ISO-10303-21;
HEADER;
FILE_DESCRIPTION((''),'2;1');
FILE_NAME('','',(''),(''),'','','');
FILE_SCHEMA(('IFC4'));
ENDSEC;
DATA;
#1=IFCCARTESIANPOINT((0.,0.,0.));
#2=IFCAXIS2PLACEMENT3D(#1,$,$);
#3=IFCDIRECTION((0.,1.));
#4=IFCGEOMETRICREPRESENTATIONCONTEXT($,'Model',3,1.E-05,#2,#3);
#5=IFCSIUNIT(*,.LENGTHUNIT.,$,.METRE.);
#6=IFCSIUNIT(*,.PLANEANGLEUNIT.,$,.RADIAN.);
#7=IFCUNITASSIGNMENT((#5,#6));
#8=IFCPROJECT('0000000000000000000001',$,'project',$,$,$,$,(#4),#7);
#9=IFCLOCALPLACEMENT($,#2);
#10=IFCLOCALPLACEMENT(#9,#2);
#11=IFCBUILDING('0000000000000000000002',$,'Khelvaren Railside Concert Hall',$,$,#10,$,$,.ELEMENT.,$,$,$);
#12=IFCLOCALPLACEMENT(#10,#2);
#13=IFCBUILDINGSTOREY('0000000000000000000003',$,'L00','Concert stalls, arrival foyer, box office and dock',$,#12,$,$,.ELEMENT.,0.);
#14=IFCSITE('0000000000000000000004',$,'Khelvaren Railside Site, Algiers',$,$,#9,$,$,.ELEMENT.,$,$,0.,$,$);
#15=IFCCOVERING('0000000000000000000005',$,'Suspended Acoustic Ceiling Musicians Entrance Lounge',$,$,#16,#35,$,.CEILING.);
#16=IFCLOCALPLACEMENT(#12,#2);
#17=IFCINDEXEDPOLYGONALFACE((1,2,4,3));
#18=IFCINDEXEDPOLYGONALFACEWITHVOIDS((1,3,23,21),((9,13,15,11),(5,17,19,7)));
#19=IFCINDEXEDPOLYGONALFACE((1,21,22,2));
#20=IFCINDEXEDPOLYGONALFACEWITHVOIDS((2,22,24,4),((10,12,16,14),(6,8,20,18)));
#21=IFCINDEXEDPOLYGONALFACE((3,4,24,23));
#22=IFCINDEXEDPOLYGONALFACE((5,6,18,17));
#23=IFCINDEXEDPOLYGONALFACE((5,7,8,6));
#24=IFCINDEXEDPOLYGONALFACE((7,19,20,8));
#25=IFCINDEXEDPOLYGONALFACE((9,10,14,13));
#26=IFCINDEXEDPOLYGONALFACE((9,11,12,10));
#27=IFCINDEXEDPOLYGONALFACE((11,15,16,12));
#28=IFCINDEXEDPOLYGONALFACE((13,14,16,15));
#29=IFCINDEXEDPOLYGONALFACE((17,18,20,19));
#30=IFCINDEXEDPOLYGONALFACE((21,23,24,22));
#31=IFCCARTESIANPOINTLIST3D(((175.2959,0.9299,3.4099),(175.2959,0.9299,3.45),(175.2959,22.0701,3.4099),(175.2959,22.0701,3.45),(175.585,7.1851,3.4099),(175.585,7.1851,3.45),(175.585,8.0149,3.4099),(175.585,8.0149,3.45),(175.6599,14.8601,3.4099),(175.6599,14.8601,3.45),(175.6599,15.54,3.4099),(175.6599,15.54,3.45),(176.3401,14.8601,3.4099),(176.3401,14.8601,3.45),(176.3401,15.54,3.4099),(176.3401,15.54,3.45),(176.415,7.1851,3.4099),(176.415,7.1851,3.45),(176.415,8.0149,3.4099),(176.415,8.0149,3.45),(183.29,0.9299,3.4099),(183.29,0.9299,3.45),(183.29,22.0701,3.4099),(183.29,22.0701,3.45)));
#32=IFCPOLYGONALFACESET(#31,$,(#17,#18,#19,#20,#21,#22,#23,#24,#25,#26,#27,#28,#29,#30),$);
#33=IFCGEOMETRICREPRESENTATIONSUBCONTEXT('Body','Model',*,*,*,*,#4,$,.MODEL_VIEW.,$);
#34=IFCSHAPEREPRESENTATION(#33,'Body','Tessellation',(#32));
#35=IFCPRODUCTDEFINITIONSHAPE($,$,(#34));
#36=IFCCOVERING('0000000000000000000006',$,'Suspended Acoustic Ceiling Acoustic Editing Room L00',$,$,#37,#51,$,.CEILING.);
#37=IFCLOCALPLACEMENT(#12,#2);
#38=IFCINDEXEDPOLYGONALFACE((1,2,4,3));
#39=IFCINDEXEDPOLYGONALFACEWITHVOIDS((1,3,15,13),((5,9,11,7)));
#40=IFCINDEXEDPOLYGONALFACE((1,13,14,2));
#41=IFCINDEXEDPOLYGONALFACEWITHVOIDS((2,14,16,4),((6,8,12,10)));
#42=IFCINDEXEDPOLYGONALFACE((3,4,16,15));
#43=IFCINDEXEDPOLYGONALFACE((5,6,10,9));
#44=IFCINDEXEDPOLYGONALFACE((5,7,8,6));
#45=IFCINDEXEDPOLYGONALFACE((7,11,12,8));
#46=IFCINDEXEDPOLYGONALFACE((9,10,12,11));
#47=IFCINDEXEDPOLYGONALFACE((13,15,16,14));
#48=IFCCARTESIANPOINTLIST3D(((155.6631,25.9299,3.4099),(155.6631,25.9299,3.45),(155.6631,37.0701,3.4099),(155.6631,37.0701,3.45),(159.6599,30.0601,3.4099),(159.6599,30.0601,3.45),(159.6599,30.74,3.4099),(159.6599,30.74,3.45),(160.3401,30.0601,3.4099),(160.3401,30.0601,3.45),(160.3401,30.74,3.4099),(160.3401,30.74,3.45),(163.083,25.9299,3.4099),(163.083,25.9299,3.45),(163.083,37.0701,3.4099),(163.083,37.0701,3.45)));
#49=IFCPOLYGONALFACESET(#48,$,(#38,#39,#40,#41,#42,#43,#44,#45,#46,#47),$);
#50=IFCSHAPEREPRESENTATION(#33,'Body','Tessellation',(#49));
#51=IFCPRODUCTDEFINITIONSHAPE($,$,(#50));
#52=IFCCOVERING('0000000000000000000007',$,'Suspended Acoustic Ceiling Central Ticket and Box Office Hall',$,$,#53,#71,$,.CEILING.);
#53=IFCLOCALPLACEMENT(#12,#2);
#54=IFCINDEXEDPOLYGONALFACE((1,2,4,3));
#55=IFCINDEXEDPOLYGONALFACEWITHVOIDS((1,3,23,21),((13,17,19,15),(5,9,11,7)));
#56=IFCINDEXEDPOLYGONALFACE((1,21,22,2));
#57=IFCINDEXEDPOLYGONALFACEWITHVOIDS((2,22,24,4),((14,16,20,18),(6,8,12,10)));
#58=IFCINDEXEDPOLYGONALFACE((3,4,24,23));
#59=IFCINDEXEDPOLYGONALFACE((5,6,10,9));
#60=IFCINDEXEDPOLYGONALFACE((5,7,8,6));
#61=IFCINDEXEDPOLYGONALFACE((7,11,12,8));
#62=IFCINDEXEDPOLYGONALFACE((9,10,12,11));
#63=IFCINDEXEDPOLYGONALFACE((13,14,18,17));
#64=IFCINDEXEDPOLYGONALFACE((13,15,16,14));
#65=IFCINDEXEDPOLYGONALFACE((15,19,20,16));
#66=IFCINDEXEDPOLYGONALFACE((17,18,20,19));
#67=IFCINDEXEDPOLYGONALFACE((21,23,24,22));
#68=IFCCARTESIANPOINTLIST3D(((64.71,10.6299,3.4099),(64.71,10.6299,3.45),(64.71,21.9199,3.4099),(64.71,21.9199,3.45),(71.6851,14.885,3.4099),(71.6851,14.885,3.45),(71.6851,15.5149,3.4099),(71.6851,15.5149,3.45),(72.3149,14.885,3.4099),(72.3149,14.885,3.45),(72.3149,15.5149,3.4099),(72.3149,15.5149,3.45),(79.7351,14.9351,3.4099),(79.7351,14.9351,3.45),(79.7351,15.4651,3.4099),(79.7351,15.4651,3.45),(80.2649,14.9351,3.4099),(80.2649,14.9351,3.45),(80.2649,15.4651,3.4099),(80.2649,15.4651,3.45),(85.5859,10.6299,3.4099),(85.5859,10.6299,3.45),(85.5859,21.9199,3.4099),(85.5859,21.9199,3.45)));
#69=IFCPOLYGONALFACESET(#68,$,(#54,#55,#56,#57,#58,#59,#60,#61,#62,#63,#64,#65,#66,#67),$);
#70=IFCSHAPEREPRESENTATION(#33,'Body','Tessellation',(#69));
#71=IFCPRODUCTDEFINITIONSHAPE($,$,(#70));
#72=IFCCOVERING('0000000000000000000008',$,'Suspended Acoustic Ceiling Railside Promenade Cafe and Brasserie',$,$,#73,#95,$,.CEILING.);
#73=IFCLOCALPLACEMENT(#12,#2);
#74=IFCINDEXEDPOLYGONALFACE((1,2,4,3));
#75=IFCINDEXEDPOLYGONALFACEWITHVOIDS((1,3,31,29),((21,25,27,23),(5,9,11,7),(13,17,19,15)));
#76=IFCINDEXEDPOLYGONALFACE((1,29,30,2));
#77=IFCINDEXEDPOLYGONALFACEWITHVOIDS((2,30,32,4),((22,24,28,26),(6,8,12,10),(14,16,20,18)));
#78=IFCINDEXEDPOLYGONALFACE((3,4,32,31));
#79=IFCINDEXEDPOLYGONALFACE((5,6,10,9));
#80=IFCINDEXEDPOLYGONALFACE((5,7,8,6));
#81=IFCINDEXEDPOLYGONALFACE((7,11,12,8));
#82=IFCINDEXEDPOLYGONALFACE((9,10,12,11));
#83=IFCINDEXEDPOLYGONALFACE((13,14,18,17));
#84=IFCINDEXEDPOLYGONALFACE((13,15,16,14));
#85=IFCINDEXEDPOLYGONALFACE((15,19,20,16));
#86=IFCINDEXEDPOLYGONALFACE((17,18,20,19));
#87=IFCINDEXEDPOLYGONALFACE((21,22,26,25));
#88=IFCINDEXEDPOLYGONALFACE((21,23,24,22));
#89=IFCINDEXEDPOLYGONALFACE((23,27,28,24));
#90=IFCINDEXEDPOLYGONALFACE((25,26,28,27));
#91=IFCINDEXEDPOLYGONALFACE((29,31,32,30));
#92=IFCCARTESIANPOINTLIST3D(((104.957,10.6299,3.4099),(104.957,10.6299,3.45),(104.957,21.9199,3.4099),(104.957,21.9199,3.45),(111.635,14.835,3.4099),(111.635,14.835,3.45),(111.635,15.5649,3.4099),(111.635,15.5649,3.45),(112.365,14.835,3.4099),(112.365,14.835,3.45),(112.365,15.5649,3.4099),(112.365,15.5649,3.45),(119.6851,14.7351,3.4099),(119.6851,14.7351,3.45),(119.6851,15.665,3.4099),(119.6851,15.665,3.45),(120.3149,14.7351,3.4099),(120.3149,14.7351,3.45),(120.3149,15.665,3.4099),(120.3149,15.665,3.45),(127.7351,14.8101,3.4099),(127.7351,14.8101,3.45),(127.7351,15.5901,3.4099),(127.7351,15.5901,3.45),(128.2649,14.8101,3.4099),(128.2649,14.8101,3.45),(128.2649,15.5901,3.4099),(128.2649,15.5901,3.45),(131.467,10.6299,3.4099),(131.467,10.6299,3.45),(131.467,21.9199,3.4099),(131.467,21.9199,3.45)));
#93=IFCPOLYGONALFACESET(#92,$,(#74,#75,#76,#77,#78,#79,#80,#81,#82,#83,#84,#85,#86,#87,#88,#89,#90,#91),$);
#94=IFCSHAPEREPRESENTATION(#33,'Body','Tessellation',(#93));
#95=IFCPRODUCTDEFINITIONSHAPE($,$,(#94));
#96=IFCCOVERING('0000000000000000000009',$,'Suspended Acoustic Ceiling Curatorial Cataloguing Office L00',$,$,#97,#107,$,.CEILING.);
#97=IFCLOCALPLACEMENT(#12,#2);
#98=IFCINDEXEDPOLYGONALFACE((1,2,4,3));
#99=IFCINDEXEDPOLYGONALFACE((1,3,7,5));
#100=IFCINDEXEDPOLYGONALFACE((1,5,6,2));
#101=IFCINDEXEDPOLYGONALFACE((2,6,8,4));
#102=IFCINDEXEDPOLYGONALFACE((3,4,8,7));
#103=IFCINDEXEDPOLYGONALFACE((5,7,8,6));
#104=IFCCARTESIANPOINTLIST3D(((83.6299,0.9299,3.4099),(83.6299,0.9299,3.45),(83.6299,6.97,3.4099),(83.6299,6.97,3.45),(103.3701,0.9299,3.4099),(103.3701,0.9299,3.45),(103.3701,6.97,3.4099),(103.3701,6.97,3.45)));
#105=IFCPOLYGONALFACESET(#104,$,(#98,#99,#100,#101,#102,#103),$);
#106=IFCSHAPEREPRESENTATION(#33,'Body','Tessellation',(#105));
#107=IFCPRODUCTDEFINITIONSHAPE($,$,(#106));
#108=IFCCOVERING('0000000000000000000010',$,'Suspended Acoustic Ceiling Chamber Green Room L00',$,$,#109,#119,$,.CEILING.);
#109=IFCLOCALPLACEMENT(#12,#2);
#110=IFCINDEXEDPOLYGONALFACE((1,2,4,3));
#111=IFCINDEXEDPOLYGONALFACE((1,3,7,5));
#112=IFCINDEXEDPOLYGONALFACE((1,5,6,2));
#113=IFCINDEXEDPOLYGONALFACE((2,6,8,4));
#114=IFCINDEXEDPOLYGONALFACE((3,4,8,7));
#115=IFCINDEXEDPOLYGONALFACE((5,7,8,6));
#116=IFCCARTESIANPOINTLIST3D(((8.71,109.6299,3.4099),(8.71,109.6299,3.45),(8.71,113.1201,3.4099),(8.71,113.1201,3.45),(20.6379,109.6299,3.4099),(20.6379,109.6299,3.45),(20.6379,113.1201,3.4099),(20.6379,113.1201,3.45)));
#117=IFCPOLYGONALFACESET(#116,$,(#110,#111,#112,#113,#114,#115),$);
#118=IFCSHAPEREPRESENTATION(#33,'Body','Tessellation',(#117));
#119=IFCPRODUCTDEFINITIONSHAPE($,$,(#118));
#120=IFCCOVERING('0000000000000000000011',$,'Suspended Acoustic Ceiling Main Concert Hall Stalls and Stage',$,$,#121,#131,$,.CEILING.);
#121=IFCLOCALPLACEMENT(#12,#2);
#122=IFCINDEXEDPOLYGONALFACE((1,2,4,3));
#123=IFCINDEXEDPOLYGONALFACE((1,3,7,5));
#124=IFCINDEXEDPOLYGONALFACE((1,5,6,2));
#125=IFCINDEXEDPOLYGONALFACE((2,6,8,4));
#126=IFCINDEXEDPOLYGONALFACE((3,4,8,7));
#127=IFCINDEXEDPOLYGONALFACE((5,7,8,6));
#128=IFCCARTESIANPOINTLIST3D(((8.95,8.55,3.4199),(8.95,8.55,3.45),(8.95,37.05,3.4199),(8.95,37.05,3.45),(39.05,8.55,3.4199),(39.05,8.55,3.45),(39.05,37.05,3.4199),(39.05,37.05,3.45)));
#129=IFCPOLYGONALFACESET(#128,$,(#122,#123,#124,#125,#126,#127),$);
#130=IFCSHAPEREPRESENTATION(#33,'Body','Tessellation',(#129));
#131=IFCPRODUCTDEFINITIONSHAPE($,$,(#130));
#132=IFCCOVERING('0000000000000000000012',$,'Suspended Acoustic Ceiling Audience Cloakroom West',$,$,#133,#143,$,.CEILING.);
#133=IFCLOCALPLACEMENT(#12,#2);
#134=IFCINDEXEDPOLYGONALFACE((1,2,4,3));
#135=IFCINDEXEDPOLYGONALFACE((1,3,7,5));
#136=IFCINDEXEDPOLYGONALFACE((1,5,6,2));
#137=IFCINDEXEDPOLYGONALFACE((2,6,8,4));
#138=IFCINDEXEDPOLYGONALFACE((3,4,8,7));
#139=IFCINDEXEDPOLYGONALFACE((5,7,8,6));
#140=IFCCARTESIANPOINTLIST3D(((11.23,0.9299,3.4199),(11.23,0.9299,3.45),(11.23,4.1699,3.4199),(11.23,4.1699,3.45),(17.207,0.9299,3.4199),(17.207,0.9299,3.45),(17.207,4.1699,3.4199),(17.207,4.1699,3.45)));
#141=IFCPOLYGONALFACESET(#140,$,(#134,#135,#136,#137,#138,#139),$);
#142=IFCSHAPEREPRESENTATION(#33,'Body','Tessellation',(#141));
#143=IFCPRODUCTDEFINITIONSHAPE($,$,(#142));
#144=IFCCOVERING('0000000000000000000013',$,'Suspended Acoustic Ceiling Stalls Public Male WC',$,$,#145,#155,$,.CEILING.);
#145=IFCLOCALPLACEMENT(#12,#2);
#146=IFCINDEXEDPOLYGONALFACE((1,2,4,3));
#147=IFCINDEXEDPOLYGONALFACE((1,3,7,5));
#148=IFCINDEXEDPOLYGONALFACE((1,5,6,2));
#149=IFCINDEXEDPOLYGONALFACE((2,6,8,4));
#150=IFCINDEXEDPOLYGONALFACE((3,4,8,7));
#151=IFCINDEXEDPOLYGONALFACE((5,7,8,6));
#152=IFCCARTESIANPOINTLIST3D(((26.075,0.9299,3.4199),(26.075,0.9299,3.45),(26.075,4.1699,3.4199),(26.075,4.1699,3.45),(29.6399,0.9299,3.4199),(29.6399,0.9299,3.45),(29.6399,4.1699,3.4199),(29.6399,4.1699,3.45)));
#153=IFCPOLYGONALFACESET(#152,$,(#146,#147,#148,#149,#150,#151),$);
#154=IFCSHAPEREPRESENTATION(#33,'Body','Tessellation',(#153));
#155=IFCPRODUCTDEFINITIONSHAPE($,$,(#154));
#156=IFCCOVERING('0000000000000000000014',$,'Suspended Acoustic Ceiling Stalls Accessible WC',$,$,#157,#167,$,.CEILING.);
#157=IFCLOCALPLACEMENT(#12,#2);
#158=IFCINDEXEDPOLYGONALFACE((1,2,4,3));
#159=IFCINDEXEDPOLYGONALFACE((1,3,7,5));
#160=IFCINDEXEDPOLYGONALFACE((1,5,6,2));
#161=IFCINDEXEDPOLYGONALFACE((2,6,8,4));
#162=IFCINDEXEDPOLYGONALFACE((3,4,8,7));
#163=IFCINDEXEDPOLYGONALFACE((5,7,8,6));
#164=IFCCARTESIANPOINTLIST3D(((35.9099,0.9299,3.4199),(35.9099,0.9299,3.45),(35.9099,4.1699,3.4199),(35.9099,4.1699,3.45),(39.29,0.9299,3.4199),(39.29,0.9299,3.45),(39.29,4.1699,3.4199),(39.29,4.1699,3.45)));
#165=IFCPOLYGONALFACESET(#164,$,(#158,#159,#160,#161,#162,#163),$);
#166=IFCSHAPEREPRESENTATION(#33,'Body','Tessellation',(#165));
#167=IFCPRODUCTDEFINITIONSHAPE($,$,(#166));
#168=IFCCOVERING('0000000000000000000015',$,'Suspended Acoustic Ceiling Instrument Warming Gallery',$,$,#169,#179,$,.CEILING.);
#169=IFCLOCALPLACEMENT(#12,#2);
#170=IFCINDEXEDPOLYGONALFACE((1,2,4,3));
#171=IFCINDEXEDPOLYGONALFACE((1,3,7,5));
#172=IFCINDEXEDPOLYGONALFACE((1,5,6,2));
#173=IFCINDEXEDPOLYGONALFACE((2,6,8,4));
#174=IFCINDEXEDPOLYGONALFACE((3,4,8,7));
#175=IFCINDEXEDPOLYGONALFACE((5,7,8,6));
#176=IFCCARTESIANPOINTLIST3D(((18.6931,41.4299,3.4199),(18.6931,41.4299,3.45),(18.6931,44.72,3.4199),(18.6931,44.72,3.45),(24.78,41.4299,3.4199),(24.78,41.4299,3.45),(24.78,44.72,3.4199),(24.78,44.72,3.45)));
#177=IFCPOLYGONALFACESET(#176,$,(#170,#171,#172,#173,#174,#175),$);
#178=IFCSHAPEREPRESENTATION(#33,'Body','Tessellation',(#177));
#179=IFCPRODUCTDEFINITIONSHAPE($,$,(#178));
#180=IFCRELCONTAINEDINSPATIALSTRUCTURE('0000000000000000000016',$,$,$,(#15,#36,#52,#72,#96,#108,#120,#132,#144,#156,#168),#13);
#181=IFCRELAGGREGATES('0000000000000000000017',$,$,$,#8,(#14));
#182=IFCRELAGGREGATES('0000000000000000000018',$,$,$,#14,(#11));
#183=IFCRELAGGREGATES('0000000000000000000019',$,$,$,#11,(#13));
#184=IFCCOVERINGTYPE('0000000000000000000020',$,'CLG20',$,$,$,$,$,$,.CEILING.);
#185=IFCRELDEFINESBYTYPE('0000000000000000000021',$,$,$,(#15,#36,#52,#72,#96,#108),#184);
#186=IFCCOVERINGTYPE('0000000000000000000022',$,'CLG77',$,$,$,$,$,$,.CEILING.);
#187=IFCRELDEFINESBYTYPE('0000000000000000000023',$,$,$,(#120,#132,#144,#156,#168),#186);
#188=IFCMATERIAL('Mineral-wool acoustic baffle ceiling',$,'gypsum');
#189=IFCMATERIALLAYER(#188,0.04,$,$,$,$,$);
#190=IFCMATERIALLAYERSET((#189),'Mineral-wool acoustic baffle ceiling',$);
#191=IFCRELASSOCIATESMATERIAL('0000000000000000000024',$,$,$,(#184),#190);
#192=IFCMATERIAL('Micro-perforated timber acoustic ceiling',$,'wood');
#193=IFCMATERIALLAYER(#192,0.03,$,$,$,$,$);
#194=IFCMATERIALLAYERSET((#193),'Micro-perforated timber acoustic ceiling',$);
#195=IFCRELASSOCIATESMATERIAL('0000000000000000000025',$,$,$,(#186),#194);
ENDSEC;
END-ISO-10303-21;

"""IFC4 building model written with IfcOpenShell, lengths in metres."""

from ifc_helpers import new_model, si_unit, direction, frame, origin, place, context, subcontext, project, spatial, polyline, outline, extrude, material, layer, layer_set, type_object, element, save


model = new_model("IFC4")

# Units and contexts
model_context = context("Model", 3, precision=1e-05, world=origin(), true_north=direction((0.0, 1.0)))
body_context = subcontext(model_context, "Body", "Model", "MODEL_VIEW")
ifc_project = project(units=[si_unit("LENGTHUNIT", "METRE"), si_unit("PLANEANGLEUNIT", "RADIAN")], contexts=[model_context])

# Site, building, storey
site_placement = place(None, origin())
site = spatial("IfcSite", under=ifc_project, at=site_placement, Name="Khelvaren Railside Site, Algiers", CompositionType="ELEMENT", RefElevation=0.0)
building_placement = place(site_placement, origin())
building = spatial("IfcBuilding", under=site, at=building_placement, Name="Khelvaren Railside Concert Hall", CompositionType="ELEMENT")
storey_placement = place(building_placement, origin())
storey = spatial("IfcBuildingStorey", under=building, at=storey_placement, Name="L00", Description="Concert stalls, arrival foyer, box office and dock", CompositionType="ELEMENT", Elevation=0.0)

# Coverings
ifc_material_1 = material(Name="Mineral-wool acoustic baffle ceiling", Category="gypsum")
ifc_layer_1 = layer(ifc_material_1, 0.04)
ifc_layer_set_1 = layer_set([ifc_layer_1], Name="Mineral-wool acoustic baffle ceiling")
covering_type_1 = type_object("IfcCoveringType", Name="CLG20", PredefinedType="CEILING", material=ifc_layer_set_1)
covering_1_placement = place(storey_placement, frame((0.0, 0.0, 3.4099)))
element("IfcCovering", 1, at=covering_1_placement, inside=storey, type_object=covering_type_1, Name="Suspended Acoustic Ceiling Musicians Entrance Lounge", PredefinedType="CEILING", context=body_context, shape_type="SweptSolid", body=[
    extrude(outline(polyline([(175.2959, 0.9299), (183.29, 0.9299), (183.29, 22.0701), (175.2959, 22.0701), (175.2959, 0.9299)]), holes=[polyline([(175.585, 7.1851), (176.415, 7.1851), (176.415, 8.0149), (175.585, 8.0149), (175.585, 7.1851)]), polyline([(175.6599, 14.8601), (176.3401, 14.8601), (176.3401, 15.54), (175.6599, 15.54), (175.6599, 14.8601)])]), origin(), (0.0, 0.0, 1.0), 0.04),
])
covering_2_placement = place(storey_placement, frame((0.0, 0.0, 3.4099)))
element("IfcCovering", 2, at=covering_2_placement, inside=storey, type_object=covering_type_1, Name="Suspended Acoustic Ceiling Acoustic Editing Room L00", PredefinedType="CEILING", context=body_context, shape_type="SweptSolid", body=[
    extrude(outline(polyline([(155.6631, 25.9299), (163.083, 25.9299), (163.083, 37.0701), (155.6631, 37.0701), (155.6631, 25.9299)]), holes=[polyline([(159.6599, 30.0601), (160.3401, 30.0601), (160.3401, 30.74), (159.6599, 30.74), (159.6599, 30.0601)])]), origin(), (0.0, 0.0, 1.0), 0.04),
])
covering_3_placement = place(storey_placement, frame((0.0, 0.0, 3.4099)))
element("IfcCovering", 3, at=covering_3_placement, inside=storey, type_object=covering_type_1, Name="Suspended Acoustic Ceiling Central Ticket and Box Office Hall", PredefinedType="CEILING", context=body_context, shape_type="SweptSolid", body=[
    extrude(outline(polyline([(64.71, 10.6299), (85.5859, 10.6299), (85.5859, 21.9199), (64.71, 21.9199), (64.71, 10.6299)]), holes=[polyline([(71.6851, 14.885), (72.3149, 14.885), (72.3149, 15.5149), (71.6851, 15.5149), (71.6851, 14.885)]), polyline([(79.7351, 14.9351), (80.2649, 14.9351), (80.2649, 15.4651), (79.7351, 15.4651), (79.7351, 14.9351)])]), origin(), (0.0, 0.0, 1.0), 0.04),
])
covering_4_placement = place(storey_placement, frame((0.0, 0.0, 3.4099)))
element("IfcCovering", 4, at=covering_4_placement, inside=storey, type_object=covering_type_1, Name="Suspended Acoustic Ceiling Railside Promenade Cafe and Brasserie", PredefinedType="CEILING", context=body_context, shape_type="SweptSolid", body=[
    extrude(outline(polyline([(104.957, 10.6299), (131.467, 10.6299), (131.467, 21.9199), (104.957, 21.9199), (104.957, 10.6299)]), holes=[polyline([(111.635, 14.835), (112.365, 14.835), (112.365, 15.5649), (111.635, 15.5649), (111.635, 14.835)]), polyline([(119.6851, 14.7351), (120.3149, 14.7351), (120.3149, 15.665), (119.6851, 15.665), (119.6851, 14.7351)]), polyline([(127.7351, 14.8101), (128.2649, 14.8101), (128.2649, 15.5901), (127.7351, 15.5901), (127.7351, 14.8101)])]), origin(), (0.0, 0.0, 1.0), 0.04),
])
covering_5_placement = place(storey_placement, frame((0.0, 0.0, 3.4099)))
element("IfcCovering", 5, at=covering_5_placement, inside=storey, type_object=covering_type_1, Name="Suspended Acoustic Ceiling Curatorial Cataloguing Office L00", PredefinedType="CEILING", context=body_context, shape_type="SweptSolid", body=[
    extrude(outline(polyline([(83.6299, 0.9299), (103.3701, 0.9299), (103.3701, 6.97), (83.6299, 6.97), (83.6299, 0.9299)])), origin(), (0.0, 0.0, 1.0), 0.04),
])
covering_6_placement = place(storey_placement, frame((0.0, 0.0, 3.4099)))
element("IfcCovering", 6, at=covering_6_placement, inside=storey, type_object=covering_type_1, Name="Suspended Acoustic Ceiling Chamber Green Room L00", PredefinedType="CEILING", context=body_context, shape_type="SweptSolid", body=[
    extrude(outline(polyline([(8.71, 109.6299), (20.6379, 109.6299), (20.6379, 113.1201), (8.71, 113.1201), (8.71, 109.6299)])), origin(), (0.0, 0.0, 1.0), 0.04),
])
ifc_material_2 = material(Name="Micro-perforated timber acoustic ceiling", Category="wood")
ifc_layer_2 = layer(ifc_material_2, 0.03)
ifc_layer_set_2 = layer_set([ifc_layer_2], Name="Micro-perforated timber acoustic ceiling")
covering_type_2 = type_object("IfcCoveringType", Name="CLG77", PredefinedType="CEILING", material=ifc_layer_set_2)
covering_7_placement = place(storey_placement, frame((0.0, 0.0, 3.4199)))
element("IfcCovering", 7, at=covering_7_placement, inside=storey, type_object=covering_type_2, Name="Suspended Acoustic Ceiling Main Concert Hall Stalls and Stage", PredefinedType="CEILING", context=body_context, shape_type="SweptSolid", body=[
    extrude(outline(polyline([(8.95, 8.55), (39.05, 8.55), (39.05, 37.05), (8.95, 37.05), (8.95, 8.55)])), origin(), (0.0, 0.0, 1.0), 0.03),
])
covering_8_placement = place(storey_placement, frame((0.0, 0.0, 3.4199)))
element("IfcCovering", 8, at=covering_8_placement, inside=storey, type_object=covering_type_2, Name="Suspended Acoustic Ceiling Audience Cloakroom West", PredefinedType="CEILING", context=body_context, shape_type="SweptSolid", body=[
    extrude(outline(polyline([(11.23, 0.9299), (17.207, 0.9299), (17.207, 4.1699), (11.23, 4.1699), (11.23, 0.9299)])), origin(), (0.0, 0.0, 1.0), 0.03),
])
covering_9_placement = place(storey_placement, frame((0.0, 0.0, 3.4199)))
element("IfcCovering", 9, at=covering_9_placement, inside=storey, type_object=covering_type_2, Name="Suspended Acoustic Ceiling Stalls Public Male WC", PredefinedType="CEILING", context=body_context, shape_type="SweptSolid", body=[
    extrude(outline(polyline([(26.075, 0.9299), (29.6399, 0.9299), (29.6399, 4.1699), (26.075, 4.1699), (26.075, 0.9299)])), origin(), (0.0, 0.0, 1.0), 0.03),
])
covering_10_placement = place(storey_placement, frame((0.0, 0.0, 3.4199)))
element("IfcCovering", 10, at=covering_10_placement, inside=storey, type_object=covering_type_2, Name="Suspended Acoustic Ceiling Stalls Accessible WC", PredefinedType="CEILING", context=body_context, shape_type="SweptSolid", body=[
    extrude(outline(polyline([(35.9099, 0.9299), (39.29, 0.9299), (39.29, 4.1699), (35.9099, 4.1699), (35.9099, 0.9299)])), origin(), (0.0, 0.0, 1.0), 0.03),
])
covering_11_placement = place(storey_placement, frame((0.0, 0.0, 3.4199)))
element("IfcCovering", 11, at=covering_11_placement, inside=storey, type_object=covering_type_2, Name="Suspended Acoustic Ceiling Instrument Warming Gallery", PredefinedType="CEILING", context=body_context, shape_type="SweptSolid", body=[
    extrude(outline(polyline([(18.6931, 41.4299), (24.78, 41.4299), (24.78, 44.72), (18.6931, 44.72), (18.6931, 41.4299)])), origin(), (0.0, 0.0, 1.0), 0.03),
])

save(model, "model.ifc")
